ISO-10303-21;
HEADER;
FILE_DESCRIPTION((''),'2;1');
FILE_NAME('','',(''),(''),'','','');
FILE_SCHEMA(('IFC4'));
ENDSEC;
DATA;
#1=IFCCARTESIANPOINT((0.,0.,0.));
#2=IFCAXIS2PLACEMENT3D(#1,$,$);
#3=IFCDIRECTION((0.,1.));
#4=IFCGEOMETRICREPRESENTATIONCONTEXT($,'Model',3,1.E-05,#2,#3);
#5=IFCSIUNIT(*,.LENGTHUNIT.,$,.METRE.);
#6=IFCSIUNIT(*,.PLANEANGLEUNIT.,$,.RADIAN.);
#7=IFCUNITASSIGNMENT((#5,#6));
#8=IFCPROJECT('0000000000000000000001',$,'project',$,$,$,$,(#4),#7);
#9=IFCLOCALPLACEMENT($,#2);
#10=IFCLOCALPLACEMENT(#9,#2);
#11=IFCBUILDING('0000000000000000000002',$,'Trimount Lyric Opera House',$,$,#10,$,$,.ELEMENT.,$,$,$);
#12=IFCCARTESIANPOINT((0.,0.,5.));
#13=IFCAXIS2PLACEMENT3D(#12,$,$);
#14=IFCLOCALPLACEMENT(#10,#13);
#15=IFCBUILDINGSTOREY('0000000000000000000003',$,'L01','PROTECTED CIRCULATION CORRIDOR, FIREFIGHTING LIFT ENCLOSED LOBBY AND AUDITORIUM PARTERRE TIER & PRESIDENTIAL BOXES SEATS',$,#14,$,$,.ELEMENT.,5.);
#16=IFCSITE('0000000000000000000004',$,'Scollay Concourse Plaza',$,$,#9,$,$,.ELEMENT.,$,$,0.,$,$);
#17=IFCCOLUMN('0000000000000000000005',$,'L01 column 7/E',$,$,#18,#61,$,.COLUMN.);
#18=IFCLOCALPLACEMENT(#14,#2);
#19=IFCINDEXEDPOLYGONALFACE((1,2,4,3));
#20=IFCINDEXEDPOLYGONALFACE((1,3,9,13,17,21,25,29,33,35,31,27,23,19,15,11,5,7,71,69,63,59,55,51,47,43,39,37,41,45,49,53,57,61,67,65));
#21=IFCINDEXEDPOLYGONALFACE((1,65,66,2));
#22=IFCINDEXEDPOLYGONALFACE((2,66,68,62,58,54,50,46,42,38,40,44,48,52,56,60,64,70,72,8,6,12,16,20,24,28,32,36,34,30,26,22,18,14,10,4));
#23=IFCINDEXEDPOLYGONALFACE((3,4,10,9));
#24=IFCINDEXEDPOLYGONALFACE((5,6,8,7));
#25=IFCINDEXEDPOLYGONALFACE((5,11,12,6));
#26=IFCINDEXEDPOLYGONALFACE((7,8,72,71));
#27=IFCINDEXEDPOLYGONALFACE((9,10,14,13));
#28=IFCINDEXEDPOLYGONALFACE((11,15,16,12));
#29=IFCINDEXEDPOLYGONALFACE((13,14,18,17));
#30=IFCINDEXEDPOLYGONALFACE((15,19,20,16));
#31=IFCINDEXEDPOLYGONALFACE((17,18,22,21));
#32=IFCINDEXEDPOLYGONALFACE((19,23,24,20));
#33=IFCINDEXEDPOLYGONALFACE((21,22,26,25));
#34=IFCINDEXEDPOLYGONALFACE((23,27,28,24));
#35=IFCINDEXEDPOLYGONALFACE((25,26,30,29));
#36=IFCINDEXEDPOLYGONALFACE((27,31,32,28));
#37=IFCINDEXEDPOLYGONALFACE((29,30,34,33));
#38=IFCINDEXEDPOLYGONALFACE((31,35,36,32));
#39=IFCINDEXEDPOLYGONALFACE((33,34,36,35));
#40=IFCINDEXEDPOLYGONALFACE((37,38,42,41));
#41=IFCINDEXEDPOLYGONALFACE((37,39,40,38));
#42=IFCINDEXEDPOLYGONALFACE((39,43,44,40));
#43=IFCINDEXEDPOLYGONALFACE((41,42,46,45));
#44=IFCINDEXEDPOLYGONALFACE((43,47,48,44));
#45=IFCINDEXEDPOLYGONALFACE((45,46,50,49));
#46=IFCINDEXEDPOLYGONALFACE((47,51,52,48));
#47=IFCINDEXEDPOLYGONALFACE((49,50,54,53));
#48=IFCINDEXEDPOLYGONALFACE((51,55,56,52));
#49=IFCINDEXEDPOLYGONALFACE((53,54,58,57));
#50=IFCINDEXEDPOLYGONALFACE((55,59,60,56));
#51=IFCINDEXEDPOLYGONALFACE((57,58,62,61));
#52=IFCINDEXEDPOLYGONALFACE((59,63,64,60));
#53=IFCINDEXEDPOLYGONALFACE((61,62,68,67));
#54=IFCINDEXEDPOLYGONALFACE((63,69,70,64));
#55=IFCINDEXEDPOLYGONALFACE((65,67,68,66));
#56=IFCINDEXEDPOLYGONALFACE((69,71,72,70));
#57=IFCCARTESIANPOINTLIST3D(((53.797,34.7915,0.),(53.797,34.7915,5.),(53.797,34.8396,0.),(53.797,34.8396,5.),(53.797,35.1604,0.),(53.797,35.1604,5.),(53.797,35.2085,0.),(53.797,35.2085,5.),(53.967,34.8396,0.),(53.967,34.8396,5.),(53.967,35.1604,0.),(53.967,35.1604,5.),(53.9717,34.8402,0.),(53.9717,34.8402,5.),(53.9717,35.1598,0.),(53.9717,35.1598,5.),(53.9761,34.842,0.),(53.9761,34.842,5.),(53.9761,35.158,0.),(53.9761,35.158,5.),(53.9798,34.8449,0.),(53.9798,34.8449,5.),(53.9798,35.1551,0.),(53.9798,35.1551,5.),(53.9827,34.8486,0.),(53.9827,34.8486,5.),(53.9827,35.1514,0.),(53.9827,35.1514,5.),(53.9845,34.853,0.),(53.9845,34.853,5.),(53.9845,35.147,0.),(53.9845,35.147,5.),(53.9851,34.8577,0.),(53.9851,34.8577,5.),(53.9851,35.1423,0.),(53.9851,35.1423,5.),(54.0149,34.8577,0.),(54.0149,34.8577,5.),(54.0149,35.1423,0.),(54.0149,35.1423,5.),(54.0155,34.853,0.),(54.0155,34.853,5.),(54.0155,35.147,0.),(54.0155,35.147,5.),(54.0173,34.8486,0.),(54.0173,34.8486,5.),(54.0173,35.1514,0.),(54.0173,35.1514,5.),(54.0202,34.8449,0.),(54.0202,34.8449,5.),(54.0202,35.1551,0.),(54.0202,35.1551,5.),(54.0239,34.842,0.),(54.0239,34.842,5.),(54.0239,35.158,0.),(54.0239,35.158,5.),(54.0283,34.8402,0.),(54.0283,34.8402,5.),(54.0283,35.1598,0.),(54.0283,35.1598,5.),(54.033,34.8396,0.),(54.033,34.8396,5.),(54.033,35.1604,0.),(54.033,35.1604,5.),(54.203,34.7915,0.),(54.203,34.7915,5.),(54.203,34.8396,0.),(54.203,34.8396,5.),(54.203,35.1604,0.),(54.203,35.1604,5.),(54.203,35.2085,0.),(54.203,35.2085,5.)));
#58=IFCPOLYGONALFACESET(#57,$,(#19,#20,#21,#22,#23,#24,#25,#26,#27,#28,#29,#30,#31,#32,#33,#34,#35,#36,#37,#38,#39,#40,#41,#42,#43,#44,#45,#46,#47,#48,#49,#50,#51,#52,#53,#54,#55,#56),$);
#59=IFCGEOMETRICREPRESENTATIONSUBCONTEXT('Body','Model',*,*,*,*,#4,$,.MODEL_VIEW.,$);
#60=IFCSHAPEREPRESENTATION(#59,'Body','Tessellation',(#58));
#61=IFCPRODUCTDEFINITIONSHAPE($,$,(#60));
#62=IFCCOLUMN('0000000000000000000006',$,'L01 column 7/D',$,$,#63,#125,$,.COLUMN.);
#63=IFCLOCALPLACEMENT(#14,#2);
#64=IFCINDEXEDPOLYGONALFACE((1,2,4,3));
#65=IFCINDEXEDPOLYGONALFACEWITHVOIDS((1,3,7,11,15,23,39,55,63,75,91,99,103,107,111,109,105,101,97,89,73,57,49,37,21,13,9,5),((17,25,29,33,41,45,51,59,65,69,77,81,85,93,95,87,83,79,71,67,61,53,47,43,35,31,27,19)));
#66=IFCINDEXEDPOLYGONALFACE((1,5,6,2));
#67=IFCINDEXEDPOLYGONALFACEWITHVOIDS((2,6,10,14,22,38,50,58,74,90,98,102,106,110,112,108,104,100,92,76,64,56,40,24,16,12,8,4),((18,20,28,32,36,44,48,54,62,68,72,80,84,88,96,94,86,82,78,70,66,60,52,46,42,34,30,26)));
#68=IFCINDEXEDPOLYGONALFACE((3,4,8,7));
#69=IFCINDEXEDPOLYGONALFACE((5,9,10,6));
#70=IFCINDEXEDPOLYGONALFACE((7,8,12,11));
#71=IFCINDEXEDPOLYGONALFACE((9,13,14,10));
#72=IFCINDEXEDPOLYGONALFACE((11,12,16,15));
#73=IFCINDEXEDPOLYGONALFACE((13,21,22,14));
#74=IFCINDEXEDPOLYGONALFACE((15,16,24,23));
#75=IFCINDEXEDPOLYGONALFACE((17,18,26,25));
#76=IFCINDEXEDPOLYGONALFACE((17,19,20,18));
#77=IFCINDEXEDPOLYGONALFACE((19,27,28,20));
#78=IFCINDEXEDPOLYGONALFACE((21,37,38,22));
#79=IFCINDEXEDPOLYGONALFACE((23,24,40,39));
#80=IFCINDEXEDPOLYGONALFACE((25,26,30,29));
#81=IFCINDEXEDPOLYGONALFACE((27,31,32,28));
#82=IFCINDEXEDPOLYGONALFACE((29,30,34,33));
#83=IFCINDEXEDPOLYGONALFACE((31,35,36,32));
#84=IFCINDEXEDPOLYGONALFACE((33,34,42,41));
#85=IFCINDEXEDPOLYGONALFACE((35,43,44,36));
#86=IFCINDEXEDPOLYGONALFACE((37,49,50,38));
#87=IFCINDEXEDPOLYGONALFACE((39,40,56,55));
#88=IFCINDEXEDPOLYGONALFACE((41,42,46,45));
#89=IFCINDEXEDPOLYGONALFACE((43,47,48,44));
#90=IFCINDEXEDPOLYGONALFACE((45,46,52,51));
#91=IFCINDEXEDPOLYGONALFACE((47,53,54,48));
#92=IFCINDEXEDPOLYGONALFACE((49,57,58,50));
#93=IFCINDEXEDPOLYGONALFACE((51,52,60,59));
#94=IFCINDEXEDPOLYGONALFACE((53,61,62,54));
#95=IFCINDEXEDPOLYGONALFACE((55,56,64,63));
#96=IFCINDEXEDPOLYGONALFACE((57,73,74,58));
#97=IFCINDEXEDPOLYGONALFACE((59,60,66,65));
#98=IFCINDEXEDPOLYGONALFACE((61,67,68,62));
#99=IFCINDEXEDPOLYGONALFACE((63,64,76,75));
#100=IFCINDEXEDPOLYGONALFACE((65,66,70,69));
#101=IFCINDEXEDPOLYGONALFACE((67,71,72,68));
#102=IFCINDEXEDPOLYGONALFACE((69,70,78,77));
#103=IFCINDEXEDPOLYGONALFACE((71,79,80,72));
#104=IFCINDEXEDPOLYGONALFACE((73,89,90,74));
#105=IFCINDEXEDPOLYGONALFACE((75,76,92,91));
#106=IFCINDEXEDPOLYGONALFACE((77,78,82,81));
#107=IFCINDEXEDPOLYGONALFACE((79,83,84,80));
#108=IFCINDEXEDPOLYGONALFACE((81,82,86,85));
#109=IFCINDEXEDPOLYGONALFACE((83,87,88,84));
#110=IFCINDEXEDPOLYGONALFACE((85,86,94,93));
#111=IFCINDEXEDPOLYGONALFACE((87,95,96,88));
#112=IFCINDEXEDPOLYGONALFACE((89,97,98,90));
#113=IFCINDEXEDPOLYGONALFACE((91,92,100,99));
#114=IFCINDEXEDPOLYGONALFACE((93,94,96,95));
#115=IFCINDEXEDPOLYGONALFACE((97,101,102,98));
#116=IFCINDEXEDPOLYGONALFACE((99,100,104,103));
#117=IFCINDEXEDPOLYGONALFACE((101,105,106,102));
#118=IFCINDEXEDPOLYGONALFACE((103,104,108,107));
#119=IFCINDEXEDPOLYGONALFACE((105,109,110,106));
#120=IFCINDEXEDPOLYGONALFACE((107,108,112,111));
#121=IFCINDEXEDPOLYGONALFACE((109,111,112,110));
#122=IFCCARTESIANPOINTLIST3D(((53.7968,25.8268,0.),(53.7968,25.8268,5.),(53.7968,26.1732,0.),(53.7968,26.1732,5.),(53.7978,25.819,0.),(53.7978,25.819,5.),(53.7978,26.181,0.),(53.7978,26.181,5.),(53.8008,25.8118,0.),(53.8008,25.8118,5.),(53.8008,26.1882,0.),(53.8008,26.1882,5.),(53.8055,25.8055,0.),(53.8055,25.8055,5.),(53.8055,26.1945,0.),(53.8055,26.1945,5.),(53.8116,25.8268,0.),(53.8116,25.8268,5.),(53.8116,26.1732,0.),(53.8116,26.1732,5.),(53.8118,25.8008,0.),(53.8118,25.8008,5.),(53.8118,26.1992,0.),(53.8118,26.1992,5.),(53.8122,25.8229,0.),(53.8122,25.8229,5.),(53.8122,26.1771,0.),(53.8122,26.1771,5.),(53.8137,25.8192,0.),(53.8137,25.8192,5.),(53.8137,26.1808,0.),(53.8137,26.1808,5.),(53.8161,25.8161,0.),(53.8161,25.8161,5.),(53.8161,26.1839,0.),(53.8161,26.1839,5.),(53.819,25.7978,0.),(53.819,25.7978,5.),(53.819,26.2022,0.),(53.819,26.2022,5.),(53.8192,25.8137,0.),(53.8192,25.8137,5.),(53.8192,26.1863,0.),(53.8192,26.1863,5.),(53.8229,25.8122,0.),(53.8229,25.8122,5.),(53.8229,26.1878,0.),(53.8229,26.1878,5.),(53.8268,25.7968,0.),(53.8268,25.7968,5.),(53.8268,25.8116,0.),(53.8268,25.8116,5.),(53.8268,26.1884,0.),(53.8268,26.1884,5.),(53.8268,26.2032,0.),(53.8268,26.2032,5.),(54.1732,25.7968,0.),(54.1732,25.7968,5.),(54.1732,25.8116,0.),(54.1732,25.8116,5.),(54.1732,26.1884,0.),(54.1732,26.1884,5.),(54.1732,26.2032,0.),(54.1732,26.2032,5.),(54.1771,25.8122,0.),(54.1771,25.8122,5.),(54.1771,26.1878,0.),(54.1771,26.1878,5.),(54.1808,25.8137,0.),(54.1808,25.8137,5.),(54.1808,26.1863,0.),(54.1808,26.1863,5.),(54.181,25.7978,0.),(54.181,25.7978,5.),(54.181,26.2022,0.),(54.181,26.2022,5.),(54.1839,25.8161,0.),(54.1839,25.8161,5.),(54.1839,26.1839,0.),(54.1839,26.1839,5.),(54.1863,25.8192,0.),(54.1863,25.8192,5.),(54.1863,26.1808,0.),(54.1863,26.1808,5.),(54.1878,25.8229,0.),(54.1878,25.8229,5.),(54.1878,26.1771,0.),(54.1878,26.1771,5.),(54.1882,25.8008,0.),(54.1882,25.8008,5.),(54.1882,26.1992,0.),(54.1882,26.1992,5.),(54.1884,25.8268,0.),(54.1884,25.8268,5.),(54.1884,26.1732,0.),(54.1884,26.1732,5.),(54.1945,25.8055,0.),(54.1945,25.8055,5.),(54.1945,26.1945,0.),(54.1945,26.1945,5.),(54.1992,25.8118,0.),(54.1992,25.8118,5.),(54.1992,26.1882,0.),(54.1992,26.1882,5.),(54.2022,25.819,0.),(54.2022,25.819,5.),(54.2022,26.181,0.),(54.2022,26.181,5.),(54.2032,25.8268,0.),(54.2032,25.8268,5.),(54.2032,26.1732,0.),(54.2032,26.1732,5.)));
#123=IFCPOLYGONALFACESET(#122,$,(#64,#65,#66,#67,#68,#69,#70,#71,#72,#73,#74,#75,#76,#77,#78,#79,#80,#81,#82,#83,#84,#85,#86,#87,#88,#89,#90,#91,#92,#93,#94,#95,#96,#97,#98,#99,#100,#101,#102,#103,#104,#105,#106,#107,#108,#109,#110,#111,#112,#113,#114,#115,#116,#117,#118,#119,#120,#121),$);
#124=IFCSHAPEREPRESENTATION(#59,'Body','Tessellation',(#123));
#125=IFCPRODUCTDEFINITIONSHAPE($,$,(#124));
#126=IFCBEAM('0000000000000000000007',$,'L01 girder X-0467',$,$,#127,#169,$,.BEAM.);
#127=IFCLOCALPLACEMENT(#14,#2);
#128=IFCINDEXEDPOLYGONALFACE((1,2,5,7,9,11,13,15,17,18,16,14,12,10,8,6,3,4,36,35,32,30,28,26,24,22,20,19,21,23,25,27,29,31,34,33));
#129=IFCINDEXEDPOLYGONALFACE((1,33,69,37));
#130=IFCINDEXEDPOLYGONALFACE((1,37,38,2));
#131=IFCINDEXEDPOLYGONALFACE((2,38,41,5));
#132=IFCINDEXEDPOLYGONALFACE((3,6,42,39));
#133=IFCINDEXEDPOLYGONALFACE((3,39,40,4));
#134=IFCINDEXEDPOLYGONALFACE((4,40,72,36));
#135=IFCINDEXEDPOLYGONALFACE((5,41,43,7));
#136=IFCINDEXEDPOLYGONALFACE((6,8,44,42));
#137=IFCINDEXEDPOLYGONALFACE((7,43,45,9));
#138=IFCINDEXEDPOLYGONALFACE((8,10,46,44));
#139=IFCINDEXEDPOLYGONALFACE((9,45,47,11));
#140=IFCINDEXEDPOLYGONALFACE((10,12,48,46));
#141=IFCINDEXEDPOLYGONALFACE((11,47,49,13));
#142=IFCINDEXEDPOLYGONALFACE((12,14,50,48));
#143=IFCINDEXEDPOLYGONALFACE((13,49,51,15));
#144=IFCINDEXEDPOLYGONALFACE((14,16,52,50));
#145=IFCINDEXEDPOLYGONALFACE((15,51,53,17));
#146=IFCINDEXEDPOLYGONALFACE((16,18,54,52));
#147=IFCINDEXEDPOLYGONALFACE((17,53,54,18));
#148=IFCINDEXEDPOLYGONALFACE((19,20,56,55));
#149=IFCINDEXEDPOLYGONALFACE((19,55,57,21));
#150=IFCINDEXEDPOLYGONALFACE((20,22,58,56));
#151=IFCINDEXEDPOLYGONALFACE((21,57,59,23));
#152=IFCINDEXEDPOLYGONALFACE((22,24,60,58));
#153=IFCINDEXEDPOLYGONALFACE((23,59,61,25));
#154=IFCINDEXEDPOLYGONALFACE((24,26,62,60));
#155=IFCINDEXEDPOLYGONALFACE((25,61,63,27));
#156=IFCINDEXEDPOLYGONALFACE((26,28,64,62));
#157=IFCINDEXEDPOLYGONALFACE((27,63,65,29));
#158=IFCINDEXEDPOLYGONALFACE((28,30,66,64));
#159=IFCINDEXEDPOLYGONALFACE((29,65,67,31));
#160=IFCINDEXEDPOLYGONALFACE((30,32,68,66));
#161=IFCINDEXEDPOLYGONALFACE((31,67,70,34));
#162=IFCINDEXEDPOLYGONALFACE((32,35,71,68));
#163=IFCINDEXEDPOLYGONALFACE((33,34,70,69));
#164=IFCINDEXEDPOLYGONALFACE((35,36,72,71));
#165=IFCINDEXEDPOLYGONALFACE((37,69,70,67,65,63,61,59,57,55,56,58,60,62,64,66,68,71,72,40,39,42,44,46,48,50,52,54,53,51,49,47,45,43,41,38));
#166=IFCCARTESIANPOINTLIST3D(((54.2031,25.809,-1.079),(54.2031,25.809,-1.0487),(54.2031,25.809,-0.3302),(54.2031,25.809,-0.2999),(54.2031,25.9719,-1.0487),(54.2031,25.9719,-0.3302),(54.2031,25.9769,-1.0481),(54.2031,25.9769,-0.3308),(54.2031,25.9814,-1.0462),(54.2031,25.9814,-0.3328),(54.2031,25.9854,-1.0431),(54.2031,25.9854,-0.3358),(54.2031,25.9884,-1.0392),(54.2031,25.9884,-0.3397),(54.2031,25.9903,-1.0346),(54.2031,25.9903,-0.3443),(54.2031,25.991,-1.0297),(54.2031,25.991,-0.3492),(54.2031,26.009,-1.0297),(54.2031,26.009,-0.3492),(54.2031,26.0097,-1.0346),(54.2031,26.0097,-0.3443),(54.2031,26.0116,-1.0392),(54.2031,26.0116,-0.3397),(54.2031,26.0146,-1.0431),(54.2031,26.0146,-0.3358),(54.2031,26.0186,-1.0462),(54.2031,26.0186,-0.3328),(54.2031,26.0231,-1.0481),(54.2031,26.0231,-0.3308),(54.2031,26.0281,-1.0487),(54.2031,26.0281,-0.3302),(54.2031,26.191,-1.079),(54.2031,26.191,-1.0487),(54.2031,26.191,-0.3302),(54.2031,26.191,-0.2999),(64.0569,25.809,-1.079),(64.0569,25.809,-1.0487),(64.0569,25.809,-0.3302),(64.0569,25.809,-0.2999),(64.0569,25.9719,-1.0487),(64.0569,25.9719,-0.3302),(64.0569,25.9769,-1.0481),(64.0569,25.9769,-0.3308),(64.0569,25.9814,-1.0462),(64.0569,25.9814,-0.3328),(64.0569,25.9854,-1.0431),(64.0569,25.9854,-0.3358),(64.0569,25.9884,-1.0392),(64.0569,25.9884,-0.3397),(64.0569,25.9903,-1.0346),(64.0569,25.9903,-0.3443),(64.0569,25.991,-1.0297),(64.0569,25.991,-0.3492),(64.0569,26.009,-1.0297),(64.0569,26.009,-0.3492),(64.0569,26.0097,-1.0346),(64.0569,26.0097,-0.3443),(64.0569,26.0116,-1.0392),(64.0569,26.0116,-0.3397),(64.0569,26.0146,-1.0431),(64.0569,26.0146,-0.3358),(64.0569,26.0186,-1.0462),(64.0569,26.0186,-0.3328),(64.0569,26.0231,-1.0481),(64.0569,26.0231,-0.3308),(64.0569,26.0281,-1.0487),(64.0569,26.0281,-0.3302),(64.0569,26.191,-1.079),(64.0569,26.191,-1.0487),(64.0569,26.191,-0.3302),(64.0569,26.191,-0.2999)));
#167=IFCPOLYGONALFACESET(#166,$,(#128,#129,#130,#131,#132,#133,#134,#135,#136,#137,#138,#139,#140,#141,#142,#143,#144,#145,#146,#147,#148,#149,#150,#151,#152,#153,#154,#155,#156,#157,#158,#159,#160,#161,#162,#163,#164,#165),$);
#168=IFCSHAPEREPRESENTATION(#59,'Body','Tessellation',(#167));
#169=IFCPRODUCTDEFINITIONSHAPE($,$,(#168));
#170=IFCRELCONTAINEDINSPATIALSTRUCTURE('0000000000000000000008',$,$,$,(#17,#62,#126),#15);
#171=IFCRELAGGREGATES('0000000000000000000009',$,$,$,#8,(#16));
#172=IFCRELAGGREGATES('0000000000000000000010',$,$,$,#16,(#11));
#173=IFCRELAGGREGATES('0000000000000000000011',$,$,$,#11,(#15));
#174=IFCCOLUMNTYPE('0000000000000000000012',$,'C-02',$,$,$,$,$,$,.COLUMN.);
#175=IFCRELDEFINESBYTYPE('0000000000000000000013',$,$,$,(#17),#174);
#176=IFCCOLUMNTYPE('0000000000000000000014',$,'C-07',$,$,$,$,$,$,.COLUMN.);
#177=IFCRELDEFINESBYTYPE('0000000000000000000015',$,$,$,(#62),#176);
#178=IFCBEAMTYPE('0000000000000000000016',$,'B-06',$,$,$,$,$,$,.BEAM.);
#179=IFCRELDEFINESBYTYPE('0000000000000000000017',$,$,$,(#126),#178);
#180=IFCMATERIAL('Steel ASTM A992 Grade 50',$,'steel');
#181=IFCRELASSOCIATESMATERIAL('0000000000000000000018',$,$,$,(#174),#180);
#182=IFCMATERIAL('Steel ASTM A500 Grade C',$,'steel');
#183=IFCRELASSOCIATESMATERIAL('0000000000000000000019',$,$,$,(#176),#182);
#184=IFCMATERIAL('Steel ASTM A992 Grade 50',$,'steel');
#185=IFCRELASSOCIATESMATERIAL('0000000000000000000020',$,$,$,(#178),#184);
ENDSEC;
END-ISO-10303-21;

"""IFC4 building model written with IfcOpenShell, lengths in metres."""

from ifc_helpers import new_model, si_unit, direction, frame, origin, origin_2d, place, context, subcontext, project, spatial, hollow_rectangle, i_section, extrude, material, material_profile, profile_set, type_object, element, save


model = new_model("IFC4")

# Units and contexts
model_context = context("Model", 3, precision=1e-05, world=origin(), true_north=direction((0.0, 1.0)))
body_context = subcontext(model_context, "Body", "Model", "MODEL_VIEW")
ifc_project = project(units=[si_unit("LENGTHUNIT", "METRE"), si_unit("PLANEANGLEUNIT", "RADIAN")], contexts=[model_context])

# Site, building, storey
site_placement = place(None, origin())
site = spatial("IfcSite", under=ifc_project, at=site_placement, Name="Scollay Concourse Plaza", CompositionType="ELEMENT", RefElevation=0.0)
building_placement = place(site_placement, origin())
building = spatial("IfcBuilding", under=site, at=building_placement, Name="Trimount Lyric Opera House", CompositionType="ELEMENT")
storey_placement = place(building_placement, frame((0.0, 0.0, 5.0)))
storey = spatial("IfcBuildingStorey", under=building, at=storey_placement, Name="L01", Description="PROTECTED CIRCULATION CORRIDOR, FIREFIGHTING LIFT ENCLOSED LOBBY AND AUDITORIUM PARTERRE TIER & PRESIDENTIAL BOXES SEATS", CompositionType="ELEMENT", Elevation=5.0)

# Columns
ifc_material_1 = material(Name="Steel ASTM A992 Grade 50", Category="steel")
ifc_material_profile_1 = material_profile(ifc_material_1, i_section(OverallWidth=0.406, OverallDepth=0.417, WebThickness=0.0298, FlangeThickness=0.0481, FilletRadius=0.0181, at=origin_2d()), Name="W14X257")
ifc_profile_set_1 = profile_set([ifc_material_profile_1], Name="Steel ASTM A992 Grade 50")
column_type_1 = type_object("IfcColumnType", Name="C-02", PredefinedType="COLUMN", material=ifc_profile_set_1)
column_1_placement = place(storey_placement, frame((54.0, 35.0, 0.0), z_axis=(0.0, 0.0, 1.0), x_axis=(1.0, 0.0, 0.0)))
element("IfcColumn", 1, at=column_1_placement, inside=storey, type_object=column_type_1, Name="L01 column 7/E", PredefinedType="COLUMN", context=body_context, shape_type="SweptSolid", body=[
    extrude(i_section(OverallWidth=0.406, OverallDepth=0.417, WebThickness=0.0298, FlangeThickness=0.0481, FilletRadius=0.0181, at=origin_2d()), origin(), (0.0, 0.0, 1.0), 5.0),
])
ifc_material_2 = material(Name="Steel ASTM A500 Grade C", Category="steel")
ifc_material_profile_2 = material_profile(ifc_material_2, hollow_rectangle(XDim=0.4065, YDim=0.4065, WallThickness=0.0149, InnerFilletRadius=0.0151, OuterFilletRadius=0.03, at=origin_2d()), Name="HSS406.4X406.4X15.9")
ifc_profile_set_2 = profile_set([ifc_material_profile_2], Name="Steel ASTM A500 Grade C")
column_type_2 = type_object("IfcColumnType", Name="C-07", PredefinedType="COLUMN", material=ifc_profile_set_2)
column_2_placement = place(storey_placement, frame((54.0, 26.0, 0.0), z_axis=(0.0, 0.0, 1.0), x_axis=(1.0, 0.0, 0.0)))
element("IfcColumn", 2, at=column_2_placement, inside=storey, type_object=column_type_2, Name="L01 column 7/D", PredefinedType="COLUMN", context=body_context, shape_type="SweptSolid", body=[
    extrude(hollow_rectangle(XDim=0.4065, YDim=0.4065, WallThickness=0.0149, InnerFilletRadius=0.0151, OuterFilletRadius=0.03, at=origin_2d()), origin(), (0.0, 0.0, 1.0), 5.0),
])

# Beam
ifc_material_3 = material(Name="Steel ASTM A992 Grade 50", Category="steel")
ifc_material_profile_3 = material_profile(ifc_material_3, i_section(OverallWidth=0.3821, OverallDepth=0.7791, WebThickness=0.0181, FlangeThickness=0.0303, FilletRadius=0.019, at=origin_2d()), Name="W30X191")
ifc_profile_set_3 = profile_set([ifc_material_profile_3], Name="Steel ASTM A992 Grade 50")
beam_type_1 = type_object("IfcBeamType", Name="B-06", PredefinedType="BEAM", material=ifc_profile_set_3)
beam_1_placement = place(storey_placement, frame((54.2031, 26.0, -0.6895), z_axis=(1.0, 0.0, 0.0), x_axis=(0.0, 1.0, 0.0)))
element("IfcBeam", 3, at=beam_1_placement, inside=storey, type_object=beam_type_1, Name="L01 girder X-0467", PredefinedType="BEAM", context=body_context, shape_type="SweptSolid", body=[
    extrude(i_section(OverallWidth=0.3821, OverallDepth=0.7791, WebThickness=0.0181, FlangeThickness=0.0303, FilletRadius=0.019, at=origin_2d()), origin(), (0.0, 0.0, 1.0), 9.8538),
])

save(model, "model.ifc")
